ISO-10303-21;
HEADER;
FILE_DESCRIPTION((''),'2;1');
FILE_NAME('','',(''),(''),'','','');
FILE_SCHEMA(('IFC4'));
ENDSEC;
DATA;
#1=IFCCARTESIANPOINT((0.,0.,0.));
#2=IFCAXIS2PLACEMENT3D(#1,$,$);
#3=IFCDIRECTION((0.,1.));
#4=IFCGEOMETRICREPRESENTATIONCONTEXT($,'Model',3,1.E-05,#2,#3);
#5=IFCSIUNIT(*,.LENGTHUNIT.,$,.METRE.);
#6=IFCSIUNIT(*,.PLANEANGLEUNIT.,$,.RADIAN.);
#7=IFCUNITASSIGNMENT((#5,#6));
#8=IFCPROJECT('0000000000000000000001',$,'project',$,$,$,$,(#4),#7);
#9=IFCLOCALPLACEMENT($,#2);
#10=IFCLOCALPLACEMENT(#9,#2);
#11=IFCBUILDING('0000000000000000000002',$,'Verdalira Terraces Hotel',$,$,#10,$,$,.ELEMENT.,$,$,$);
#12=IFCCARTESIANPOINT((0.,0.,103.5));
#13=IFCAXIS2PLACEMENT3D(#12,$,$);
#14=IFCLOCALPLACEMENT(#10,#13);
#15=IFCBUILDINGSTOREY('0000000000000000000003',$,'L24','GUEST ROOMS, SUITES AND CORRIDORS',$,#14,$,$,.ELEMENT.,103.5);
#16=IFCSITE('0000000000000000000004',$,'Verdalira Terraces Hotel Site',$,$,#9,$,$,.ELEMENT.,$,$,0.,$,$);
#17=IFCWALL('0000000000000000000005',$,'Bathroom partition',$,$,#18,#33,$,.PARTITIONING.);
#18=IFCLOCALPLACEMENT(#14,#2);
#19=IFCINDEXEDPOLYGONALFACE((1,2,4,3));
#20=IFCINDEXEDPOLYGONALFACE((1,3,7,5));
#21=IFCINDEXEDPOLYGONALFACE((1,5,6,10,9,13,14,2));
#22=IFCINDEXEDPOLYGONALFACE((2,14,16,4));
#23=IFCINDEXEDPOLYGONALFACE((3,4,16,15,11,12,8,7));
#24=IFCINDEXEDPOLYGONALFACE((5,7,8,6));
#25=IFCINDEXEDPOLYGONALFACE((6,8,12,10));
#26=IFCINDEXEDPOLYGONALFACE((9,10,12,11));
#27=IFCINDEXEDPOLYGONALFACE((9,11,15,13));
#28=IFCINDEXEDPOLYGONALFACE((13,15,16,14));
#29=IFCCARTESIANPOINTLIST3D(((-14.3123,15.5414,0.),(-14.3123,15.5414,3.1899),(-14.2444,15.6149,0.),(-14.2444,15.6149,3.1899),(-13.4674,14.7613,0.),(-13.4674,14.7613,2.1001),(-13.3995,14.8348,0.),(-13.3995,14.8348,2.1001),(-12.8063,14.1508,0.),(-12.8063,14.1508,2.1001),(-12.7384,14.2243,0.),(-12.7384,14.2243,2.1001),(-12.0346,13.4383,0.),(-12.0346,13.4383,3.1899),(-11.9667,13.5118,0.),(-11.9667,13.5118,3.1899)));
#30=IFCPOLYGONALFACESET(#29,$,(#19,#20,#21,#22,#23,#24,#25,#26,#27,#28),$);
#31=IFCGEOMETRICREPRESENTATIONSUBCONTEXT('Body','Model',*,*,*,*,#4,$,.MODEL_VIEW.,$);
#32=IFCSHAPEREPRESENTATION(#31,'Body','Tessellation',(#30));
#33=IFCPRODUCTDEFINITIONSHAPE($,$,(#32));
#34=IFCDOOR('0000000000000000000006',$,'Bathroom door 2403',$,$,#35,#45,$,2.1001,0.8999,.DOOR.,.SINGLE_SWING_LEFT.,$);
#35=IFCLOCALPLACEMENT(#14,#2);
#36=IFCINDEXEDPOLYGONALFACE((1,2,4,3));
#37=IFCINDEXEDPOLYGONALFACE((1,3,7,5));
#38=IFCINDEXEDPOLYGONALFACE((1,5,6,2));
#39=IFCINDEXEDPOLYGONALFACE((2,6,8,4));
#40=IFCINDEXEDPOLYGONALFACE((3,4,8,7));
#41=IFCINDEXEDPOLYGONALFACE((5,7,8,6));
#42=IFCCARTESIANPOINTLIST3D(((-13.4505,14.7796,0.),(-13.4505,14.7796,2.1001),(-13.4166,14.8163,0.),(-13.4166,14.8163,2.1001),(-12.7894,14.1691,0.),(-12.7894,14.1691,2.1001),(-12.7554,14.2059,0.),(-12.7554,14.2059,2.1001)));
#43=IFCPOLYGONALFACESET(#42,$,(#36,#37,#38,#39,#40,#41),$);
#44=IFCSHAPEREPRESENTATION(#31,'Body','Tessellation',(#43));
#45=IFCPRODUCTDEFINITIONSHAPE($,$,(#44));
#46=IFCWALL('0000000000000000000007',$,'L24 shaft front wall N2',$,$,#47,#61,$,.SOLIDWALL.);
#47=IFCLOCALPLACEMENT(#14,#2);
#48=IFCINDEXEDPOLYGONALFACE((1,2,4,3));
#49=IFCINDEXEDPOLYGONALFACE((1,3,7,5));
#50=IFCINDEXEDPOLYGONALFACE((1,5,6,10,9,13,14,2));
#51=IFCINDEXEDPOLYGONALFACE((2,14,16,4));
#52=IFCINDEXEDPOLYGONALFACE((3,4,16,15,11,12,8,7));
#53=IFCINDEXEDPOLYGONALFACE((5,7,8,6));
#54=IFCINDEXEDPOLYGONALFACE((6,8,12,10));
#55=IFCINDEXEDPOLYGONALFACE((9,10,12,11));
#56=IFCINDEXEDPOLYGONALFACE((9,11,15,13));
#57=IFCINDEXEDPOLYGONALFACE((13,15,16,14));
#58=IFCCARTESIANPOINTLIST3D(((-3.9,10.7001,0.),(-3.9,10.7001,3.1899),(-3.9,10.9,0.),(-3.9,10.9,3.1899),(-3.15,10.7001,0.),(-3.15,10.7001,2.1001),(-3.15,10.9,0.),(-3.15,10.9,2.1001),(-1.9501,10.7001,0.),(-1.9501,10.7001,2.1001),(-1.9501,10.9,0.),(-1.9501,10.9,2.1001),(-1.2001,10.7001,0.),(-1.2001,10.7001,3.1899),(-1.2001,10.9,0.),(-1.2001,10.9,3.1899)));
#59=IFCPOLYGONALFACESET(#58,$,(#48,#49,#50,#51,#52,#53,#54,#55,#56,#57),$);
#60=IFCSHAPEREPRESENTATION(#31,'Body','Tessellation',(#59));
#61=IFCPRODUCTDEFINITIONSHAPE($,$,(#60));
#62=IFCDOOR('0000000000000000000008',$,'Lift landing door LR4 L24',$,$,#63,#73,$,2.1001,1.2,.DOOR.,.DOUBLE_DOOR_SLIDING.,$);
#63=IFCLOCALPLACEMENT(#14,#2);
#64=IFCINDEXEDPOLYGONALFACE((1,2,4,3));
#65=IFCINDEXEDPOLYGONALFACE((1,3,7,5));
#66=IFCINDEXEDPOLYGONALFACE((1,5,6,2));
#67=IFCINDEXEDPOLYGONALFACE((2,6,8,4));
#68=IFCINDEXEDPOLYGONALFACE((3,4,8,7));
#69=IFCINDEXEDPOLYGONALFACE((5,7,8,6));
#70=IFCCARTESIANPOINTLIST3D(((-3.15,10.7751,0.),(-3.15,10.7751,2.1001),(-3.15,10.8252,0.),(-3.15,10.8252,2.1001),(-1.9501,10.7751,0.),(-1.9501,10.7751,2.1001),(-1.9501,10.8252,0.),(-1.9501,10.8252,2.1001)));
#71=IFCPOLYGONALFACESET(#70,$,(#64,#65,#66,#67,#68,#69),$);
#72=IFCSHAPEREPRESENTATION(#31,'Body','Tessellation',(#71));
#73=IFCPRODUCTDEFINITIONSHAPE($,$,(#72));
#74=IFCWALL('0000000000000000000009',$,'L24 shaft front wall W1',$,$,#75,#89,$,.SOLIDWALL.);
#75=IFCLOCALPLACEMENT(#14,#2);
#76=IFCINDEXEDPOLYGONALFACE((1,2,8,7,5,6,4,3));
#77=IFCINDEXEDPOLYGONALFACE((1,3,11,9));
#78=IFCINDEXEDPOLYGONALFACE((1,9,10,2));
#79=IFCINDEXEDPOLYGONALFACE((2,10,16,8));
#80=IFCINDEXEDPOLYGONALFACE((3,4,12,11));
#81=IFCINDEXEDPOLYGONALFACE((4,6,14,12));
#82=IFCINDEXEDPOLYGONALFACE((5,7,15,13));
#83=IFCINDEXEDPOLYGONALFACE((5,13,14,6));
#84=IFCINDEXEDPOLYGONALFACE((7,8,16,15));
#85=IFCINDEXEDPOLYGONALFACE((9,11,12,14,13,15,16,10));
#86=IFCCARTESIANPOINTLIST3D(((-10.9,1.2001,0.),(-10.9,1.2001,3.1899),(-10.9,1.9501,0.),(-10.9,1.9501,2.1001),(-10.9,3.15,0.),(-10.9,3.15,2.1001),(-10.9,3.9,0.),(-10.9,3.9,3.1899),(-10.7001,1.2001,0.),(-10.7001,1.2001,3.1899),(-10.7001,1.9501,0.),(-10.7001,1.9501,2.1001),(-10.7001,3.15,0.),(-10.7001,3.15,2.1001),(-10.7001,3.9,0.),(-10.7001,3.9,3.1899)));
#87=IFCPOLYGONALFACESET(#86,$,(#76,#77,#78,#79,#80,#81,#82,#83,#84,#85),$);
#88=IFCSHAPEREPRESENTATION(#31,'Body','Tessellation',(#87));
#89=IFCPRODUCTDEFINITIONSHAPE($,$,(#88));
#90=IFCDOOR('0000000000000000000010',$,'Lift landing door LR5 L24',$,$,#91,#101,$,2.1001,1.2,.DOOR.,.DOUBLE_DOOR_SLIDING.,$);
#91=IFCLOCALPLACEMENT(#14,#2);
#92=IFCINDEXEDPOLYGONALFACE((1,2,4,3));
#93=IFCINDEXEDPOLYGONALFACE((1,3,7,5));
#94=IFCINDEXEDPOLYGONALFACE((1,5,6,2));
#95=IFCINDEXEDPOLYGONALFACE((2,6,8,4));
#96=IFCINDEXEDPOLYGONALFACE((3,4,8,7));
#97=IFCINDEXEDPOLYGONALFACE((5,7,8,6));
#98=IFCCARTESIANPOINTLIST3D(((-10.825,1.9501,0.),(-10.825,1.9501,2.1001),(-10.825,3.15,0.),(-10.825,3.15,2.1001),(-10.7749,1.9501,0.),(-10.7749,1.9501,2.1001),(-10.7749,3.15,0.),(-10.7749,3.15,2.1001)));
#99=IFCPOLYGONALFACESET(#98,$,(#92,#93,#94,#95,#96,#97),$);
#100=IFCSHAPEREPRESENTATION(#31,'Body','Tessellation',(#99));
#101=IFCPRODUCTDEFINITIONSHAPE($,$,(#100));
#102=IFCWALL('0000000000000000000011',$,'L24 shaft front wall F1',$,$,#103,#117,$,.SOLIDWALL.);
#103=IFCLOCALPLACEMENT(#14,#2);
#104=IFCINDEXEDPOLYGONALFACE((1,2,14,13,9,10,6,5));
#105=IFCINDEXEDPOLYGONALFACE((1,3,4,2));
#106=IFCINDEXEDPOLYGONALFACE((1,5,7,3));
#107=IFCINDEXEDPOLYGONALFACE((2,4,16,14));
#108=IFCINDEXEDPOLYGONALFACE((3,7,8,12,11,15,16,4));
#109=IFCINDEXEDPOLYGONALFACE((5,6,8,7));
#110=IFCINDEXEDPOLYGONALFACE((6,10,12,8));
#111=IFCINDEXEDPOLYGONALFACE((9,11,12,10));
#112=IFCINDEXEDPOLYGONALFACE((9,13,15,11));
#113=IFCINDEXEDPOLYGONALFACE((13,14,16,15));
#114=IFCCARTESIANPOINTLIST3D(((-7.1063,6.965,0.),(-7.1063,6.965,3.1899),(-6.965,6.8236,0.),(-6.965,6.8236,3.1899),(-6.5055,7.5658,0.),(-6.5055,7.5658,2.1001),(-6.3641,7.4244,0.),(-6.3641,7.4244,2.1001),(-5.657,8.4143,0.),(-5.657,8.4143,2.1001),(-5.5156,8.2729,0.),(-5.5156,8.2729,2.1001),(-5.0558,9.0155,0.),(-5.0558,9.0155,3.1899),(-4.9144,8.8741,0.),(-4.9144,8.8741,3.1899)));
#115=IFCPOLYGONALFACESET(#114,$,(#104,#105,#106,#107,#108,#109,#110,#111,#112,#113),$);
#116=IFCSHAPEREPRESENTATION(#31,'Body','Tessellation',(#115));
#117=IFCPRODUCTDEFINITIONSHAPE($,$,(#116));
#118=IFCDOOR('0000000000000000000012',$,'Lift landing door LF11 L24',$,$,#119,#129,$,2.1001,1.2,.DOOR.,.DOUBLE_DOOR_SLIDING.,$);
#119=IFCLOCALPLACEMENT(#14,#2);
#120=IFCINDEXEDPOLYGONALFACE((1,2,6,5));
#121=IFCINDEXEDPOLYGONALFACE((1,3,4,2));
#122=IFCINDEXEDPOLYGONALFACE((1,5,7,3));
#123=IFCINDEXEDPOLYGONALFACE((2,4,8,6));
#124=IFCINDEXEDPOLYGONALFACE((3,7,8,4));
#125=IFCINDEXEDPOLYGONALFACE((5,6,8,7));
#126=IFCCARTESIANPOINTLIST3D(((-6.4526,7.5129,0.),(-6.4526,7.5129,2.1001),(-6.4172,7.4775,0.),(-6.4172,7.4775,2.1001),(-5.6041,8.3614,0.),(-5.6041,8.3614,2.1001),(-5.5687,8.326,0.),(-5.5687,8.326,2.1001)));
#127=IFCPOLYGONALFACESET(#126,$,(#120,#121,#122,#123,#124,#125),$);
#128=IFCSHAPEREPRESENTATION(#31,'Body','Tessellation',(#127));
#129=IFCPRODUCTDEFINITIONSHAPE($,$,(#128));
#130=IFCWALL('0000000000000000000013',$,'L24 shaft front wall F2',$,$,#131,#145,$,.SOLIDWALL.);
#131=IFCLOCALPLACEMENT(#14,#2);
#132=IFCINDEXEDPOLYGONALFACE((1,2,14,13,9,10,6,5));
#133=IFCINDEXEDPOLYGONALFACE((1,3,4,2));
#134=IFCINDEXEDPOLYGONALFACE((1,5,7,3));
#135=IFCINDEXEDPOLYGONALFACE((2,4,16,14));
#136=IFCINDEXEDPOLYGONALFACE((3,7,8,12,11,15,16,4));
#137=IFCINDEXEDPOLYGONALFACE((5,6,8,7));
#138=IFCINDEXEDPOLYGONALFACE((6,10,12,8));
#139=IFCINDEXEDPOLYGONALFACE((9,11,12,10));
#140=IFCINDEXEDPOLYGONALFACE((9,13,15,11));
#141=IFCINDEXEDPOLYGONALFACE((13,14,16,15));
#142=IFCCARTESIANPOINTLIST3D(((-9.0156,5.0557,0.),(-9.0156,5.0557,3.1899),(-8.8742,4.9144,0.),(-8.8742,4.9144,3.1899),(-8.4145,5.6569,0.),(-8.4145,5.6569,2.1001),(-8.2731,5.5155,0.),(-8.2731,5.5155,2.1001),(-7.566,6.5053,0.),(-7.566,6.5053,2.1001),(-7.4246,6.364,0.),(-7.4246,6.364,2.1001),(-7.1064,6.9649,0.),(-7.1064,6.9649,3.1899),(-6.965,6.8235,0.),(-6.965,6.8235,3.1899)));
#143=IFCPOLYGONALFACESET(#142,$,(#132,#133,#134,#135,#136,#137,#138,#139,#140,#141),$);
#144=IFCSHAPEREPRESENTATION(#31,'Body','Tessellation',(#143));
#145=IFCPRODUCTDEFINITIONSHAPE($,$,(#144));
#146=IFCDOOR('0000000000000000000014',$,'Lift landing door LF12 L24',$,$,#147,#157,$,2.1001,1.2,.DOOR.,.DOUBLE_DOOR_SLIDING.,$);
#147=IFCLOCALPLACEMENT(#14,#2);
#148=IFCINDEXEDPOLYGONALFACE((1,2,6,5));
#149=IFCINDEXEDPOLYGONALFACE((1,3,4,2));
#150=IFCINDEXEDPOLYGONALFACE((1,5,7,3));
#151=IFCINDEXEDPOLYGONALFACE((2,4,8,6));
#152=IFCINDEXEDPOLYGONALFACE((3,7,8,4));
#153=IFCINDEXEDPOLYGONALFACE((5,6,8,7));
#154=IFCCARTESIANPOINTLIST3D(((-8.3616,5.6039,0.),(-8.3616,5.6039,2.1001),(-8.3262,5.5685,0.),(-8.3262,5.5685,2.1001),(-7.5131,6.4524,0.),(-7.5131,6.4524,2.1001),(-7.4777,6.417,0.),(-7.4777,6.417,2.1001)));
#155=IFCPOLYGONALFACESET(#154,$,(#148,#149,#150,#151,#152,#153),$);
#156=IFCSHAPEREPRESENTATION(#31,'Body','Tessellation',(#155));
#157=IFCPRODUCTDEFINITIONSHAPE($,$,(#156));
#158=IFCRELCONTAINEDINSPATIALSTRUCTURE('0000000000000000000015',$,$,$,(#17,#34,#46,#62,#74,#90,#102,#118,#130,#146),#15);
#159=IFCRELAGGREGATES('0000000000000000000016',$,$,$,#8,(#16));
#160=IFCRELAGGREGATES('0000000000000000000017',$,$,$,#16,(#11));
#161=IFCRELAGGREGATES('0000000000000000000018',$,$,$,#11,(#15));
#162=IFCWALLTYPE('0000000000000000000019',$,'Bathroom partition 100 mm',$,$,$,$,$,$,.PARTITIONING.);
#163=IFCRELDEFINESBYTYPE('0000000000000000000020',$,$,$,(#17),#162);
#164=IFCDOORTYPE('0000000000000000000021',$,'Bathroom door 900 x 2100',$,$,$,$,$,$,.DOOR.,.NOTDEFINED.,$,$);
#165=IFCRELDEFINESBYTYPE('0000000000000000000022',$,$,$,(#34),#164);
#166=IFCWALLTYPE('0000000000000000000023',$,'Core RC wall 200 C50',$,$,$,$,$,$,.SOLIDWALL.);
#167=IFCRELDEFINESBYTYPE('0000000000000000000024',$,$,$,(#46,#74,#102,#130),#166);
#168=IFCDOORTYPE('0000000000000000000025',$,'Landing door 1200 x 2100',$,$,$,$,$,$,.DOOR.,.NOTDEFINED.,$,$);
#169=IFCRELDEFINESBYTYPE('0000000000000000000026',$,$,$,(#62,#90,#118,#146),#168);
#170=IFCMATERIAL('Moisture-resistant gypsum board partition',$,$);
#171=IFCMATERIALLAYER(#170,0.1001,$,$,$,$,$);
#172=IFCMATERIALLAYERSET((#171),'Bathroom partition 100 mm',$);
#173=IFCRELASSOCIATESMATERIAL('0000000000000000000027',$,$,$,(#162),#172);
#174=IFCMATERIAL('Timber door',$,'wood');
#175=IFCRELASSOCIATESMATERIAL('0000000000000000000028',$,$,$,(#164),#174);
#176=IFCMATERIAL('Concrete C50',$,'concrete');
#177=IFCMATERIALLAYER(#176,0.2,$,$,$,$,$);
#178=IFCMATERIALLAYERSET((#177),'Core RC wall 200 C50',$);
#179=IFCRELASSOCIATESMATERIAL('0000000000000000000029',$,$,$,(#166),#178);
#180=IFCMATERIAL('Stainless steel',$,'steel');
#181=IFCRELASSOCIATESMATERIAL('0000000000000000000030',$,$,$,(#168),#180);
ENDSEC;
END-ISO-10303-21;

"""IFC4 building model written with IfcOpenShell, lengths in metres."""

from ifc_helpers import new_model, si_unit, direction, frame, frame_2d, origin, place, context, subcontext, project, spatial, rectangle, extrude, material, layer, layer_set, type_object, element, fill, save


model = new_model("IFC4")

# Units and contexts
model_context = context("Model", 3, precision=1e-05, world=origin(), true_north=direction((0.0, 1.0)))
body_context = subcontext(model_context, "Body", "Model", "MODEL_VIEW")
ifc_project = project(units=[si_unit("LENGTHUNIT", "METRE"), si_unit("PLANEANGLEUNIT", "RADIAN")], contexts=[model_context])

# Site, building, storey
site_placement = place(None, origin())
site = spatial("IfcSite", under=ifc_project, at=site_placement, Name="Verdalira Terraces Hotel Site", CompositionType="ELEMENT", RefElevation=0.0)
building_placement = place(site_placement, origin())
building = spatial("IfcBuilding", under=site, at=building_placement, Name="Verdalira Terraces Hotel", CompositionType="ELEMENT")
storey_placement = place(building_placement, frame((0.0, 0.0, 103.5)))
storey = spatial("IfcBuildingStorey", under=building, at=storey_placement, Name="L24", Description="GUEST ROOMS, SUITES AND CORRIDORS", CompositionType="ELEMENT", Elevation=103.5)

# Walls, openings, doors
ifc_material_1 = material(Name="Moisture-resistant gypsum board partition")
ifc_layer_1 = layer(ifc_material_1, 0.1001)
ifc_layer_set_1 = layer_set([ifc_layer_1], Name="Bathroom partition 100 mm")
wall_type_1 = type_object("IfcWallType", Name="Bathroom partition 100 mm", PredefinedType="PARTITIONING", material=ifc_layer_set_1)
wall_1_placement = place(storey_placement, frame((-14.2783, 15.5781, 0.0), z_axis=(0.0, 0.0, 1.0), x_axis=(0.734701, -0.678391, 0.0)))
wall_1 = element("IfcWall", 1, at=wall_1_placement, inside=storey, type_object=wall_type_1, Name="Bathroom partition", PredefinedType="PARTITIONING", context=body_context, shape_type="SweptSolid", body=[
    extrude(rectangle(XDim=3.1001, YDim=0.1001, at=frame_2d((1.55, 0.0))), origin(), (0.0, 0.0, 1.0), 3.1899),
])
opening_1_placement = place(wall_1_placement, frame((1.1499, 0.0, 0.0)))
opening_1 = element("IfcOpeningElement", 2, at=opening_1_placement, cuts=wall_1, PredefinedType="OPENING", context=body_context, shape_type="SweptSolid", body=[
    extrude(rectangle(XDim=0.8999, YDim=2.1001, at=frame_2d((0.45, 1.05))), frame((0.0, 0.0601, 0.0), z_axis=(0.0, -1.0, 0.0), x_axis=(1.0, 0.0, 0.0)), (0.0, 0.0, 1.0), 0.1201),
])
ifc_material_2 = material(Name="Timber door", Category="wood")
door_type_1 = type_object("IfcDoorType", Name="Bathroom door 900 x 2100", OperationType="NOTDEFINED", PredefinedType="DOOR", material=ifc_material_2)
door_1_placement = place(opening_1_placement, origin())
door_1 = element("IfcDoor", 3, at=door_1_placement, inside=storey, type_object=door_type_1, Name="Bathroom door 2403", OperationType="SINGLE_SWING_LEFT", OverallHeight=2.1001, OverallWidth=0.8999, PredefinedType="DOOR", context=body_context, shape_type="SweptSolid", body=[
    extrude(rectangle(XDim=0.8999, YDim=2.1001, at=frame_2d((0.45, 1.05))), frame((0.0, 0.0249, 0.0), z_axis=(0.0, -1.0, 0.0), x_axis=(1.0, 0.0, 0.0)), (0.0, 0.0, 1.0), 0.05),
])
fill(opening_1, door_1)
ifc_material_3 = material(Name="Concrete C50", Category="concrete")
ifc_layer_2 = layer(ifc_material_3, 0.2)
ifc_layer_set_2 = layer_set([ifc_layer_2], Name="Core RC wall 200 C50")
wall_type_2 = type_object("IfcWallType", Name="Core RC wall 200 C50", PredefinedType="SOLIDWALL", material=ifc_layer_set_2)
wall_2_placement = place(storey_placement, frame((-1.2, 10.8, 0.0), z_axis=(0.0, 0.0, 1.0), x_axis=(-1.0, 0.0, 0.0)))
wall_2 = element("IfcWall", 4, at=wall_2_placement, inside=storey, type_object=wall_type_2, Name="L24 shaft front wall N2", PredefinedType="SOLIDWALL", context=body_context, shape_type="SweptSolid", body=[
    extrude(rectangle(XDim=2.7, YDim=0.2, at=frame_2d((1.3501, 0.0))), origin(), (0.0, 0.0, 1.0), 3.1899),
])
opening_2_placement = place(wall_2_placement, frame((0.75, 0.0, 0.0)))
opening_2 = element("IfcOpeningElement", 5, at=opening_2_placement, cuts=wall_2, PredefinedType="OPENING", context=body_context, shape_type="SweptSolid", body=[
    extrude(rectangle(XDim=1.2, YDim=2.1001, at=frame_2d((0.6001, 1.05))), frame((0.0, 0.1099, 0.0), z_axis=(0.0, -1.0, 0.0), x_axis=(1.0, 0.0, 0.0)), (0.0, 0.0, 1.0), 0.22),
])
ifc_material_4 = material(Name="Stainless steel", Category="steel")
door_type_2 = type_object("IfcDoorType", Name="Landing door 1200 x 2100", OperationType="NOTDEFINED", PredefinedType="DOOR", material=ifc_material_4)
door_2_placement = place(opening_2_placement, origin())
door_2 = element("IfcDoor", 6, at=door_2_placement, inside=storey, type_object=door_type_2, Name="Lift landing door LR4 L24", OperationType="DOUBLE_DOOR_SLIDING", OverallHeight=2.1001, OverallWidth=1.2, PredefinedType="DOOR", context=body_context, shape_type="SweptSolid", body=[
    extrude(rectangle(XDim=1.2, YDim=2.1001, at=frame_2d((0.6001, 1.05))), frame((0.0, 0.0249, 0.0), z_axis=(0.0, -1.0, 0.0), x_axis=(1.0, 0.0, 0.0)), (0.0, 0.0, 1.0), 0.05),
])
fill(opening_2, door_2)
wall_3_placement = place(storey_placement, frame((-10.8, 1.2, 0.0), z_axis=(0.0, 0.0, 1.0), x_axis=(0.0, 1.0, 0.0)))
wall_3 = element("IfcWall", 7, at=wall_3_placement, inside=storey, type_object=wall_type_2, Name="L24 shaft front wall W1", PredefinedType="SOLIDWALL", context=body_context, shape_type="SweptSolid", body=[
    extrude(rectangle(XDim=2.7, YDim=0.2, at=frame_2d((1.3501, 0.0))), origin(), (0.0, 0.0, 1.0), 3.1899),
])
opening_3_placement = place(wall_3_placement, frame((0.75, 0.0, 0.0)))
opening_3 = element("IfcOpeningElement", 8, at=opening_3_placement, cuts=wall_3, PredefinedType="OPENING", context=body_context, shape_type="SweptSolid", body=[
    extrude(rectangle(XDim=1.2, YDim=2.1001, at=frame_2d((0.6001, 1.05))), frame((0.0, 0.1099, 0.0), z_axis=(0.0, -1.0, 0.0), x_axis=(1.0, 0.0, 0.0)), (0.0, 0.0, 1.0), 0.22),
])
door_3_placement = place(opening_3_placement, origin())
door_3 = element("IfcDoor", 9, at=door_3_placement, inside=storey, type_object=door_type_2, Name="Lift landing door LR5 L24", OperationType="DOUBLE_DOOR_SLIDING", OverallHeight=2.1001, OverallWidth=1.2, PredefinedType="DOOR", context=body_context, shape_type="SweptSolid", body=[
    extrude(rectangle(XDim=1.2, YDim=2.1001, at=frame_2d((0.6001, 1.05))), frame((0.0, 0.0249, 0.0), z_axis=(0.0, -1.0, 0.0), x_axis=(1.0, 0.0, 0.0)), (0.0, 0.0, 1.0), 0.05),
])
fill(opening_3, door_3)
wall_4_placement = place(storey_placement, frame((-4.9851, 8.9448, 0.0), z_axis=(0.0, 0.0, 1.0), x_axis=(-0.707107, -0.707107, 0.0)))
wall_4 = element("IfcWall", 10, at=wall_4_placement, inside=storey, type_object=wall_type_2, Name="L24 shaft front wall F1", PredefinedType="SOLIDWALL", context=body_context, shape_type="SweptSolid", body=[
    extrude(rectangle(XDim=2.8999, YDim=0.2, at=frame_2d((1.45, 0.0))), origin(), (0.0, 0.0, 1.0), 3.1899),
])
opening_4_placement = place(wall_4_placement, frame((0.8501, 0.0, 0.0)))
opening_4 = element("IfcOpeningElement", 11, at=opening_4_placement, cuts=wall_4, PredefinedType="OPENING", context=body_context, shape_type="SweptSolid", body=[
    extrude(rectangle(XDim=1.2, YDim=2.1001, at=frame_2d((0.6001, 1.05))), frame((0.0, 0.1099, 0.0), z_axis=(0.0, -1.0, 0.0), x_axis=(1.0, 0.0, 0.0)), (0.0, 0.0, 1.0), 0.22),
])
door_4_placement = place(opening_4_placement, origin())
door_4 = element("IfcDoor", 12, at=door_4_placement, inside=storey, type_object=door_type_2, Name="Lift landing door LF11 L24", OperationType="DOUBLE_DOOR_SLIDING", OverallHeight=2.1001, OverallWidth=1.2, PredefinedType="DOOR", context=body_context, shape_type="SweptSolid", body=[
    extrude(rectangle(XDim=1.2, YDim=2.1001, at=frame_2d((0.6001, 1.05))), frame((0.0, 0.0249, 0.0), z_axis=(0.0, -1.0, 0.0), x_axis=(1.0, 0.0, 0.0)), (0.0, 0.0, 1.0), 0.05),
])
fill(opening_4, door_4)
wall_5_placement = place(storey_placement, frame((-7.0356, 6.8943, 0.0), z_axis=(0.0, 0.0, 1.0), x_axis=(-0.707107, -0.707107, 0.0)))
wall_5 = element("IfcWall", 13, at=wall_5_placement, inside=storey, type_object=wall_type_2, Name="L24 shaft front wall F2", PredefinedType="SOLIDWALL", context=body_context, shape_type="SweptSolid", body=[
    extrude(rectangle(XDim=2.7, YDim=0.2, at=frame_2d((1.3501, 0.0))), origin(), (0.0, 0.0, 1.0), 3.1899),
])
opening_5_placement = place(wall_5_placement, frame((0.6499, 0.0, 0.0)))
opening_5 = element("IfcOpeningElement", 14, at=opening_5_placement, cuts=wall_5, PredefinedType="OPENING", context=body_context, shape_type="SweptSolid", body=[
    extrude(rectangle(XDim=1.2, YDim=2.1001, at=frame_2d((0.6001, 1.05))), frame((0.0, 0.1099, 0.0), z_axis=(0.0, -1.0, 0.0), x_axis=(1.0, 0.0, 0.0)), (0.0, 0.0, 1.0), 0.22),
])
door_5_placement = place(opening_5_placement, origin())
door_5 = element("IfcDoor", 15, at=door_5_placement, inside=storey, type_object=door_type_2, Name="Lift landing door LF12 L24", OperationType="DOUBLE_DOOR_SLIDING", OverallHeight=2.1001, OverallWidth=1.2, PredefinedType="DOOR", context=body_context, shape_type="SweptSolid", body=[
    extrude(rectangle(XDim=1.2, YDim=2.1001, at=frame_2d((0.6001, 1.05))), frame((0.0, 0.0249, 0.0), z_axis=(0.0, -1.0, 0.0), x_axis=(1.0, 0.0, 0.0)), (0.0, 0.0, 1.0), 0.05),
])
fill(opening_5, door_5)

save(model, "model.ifc")
